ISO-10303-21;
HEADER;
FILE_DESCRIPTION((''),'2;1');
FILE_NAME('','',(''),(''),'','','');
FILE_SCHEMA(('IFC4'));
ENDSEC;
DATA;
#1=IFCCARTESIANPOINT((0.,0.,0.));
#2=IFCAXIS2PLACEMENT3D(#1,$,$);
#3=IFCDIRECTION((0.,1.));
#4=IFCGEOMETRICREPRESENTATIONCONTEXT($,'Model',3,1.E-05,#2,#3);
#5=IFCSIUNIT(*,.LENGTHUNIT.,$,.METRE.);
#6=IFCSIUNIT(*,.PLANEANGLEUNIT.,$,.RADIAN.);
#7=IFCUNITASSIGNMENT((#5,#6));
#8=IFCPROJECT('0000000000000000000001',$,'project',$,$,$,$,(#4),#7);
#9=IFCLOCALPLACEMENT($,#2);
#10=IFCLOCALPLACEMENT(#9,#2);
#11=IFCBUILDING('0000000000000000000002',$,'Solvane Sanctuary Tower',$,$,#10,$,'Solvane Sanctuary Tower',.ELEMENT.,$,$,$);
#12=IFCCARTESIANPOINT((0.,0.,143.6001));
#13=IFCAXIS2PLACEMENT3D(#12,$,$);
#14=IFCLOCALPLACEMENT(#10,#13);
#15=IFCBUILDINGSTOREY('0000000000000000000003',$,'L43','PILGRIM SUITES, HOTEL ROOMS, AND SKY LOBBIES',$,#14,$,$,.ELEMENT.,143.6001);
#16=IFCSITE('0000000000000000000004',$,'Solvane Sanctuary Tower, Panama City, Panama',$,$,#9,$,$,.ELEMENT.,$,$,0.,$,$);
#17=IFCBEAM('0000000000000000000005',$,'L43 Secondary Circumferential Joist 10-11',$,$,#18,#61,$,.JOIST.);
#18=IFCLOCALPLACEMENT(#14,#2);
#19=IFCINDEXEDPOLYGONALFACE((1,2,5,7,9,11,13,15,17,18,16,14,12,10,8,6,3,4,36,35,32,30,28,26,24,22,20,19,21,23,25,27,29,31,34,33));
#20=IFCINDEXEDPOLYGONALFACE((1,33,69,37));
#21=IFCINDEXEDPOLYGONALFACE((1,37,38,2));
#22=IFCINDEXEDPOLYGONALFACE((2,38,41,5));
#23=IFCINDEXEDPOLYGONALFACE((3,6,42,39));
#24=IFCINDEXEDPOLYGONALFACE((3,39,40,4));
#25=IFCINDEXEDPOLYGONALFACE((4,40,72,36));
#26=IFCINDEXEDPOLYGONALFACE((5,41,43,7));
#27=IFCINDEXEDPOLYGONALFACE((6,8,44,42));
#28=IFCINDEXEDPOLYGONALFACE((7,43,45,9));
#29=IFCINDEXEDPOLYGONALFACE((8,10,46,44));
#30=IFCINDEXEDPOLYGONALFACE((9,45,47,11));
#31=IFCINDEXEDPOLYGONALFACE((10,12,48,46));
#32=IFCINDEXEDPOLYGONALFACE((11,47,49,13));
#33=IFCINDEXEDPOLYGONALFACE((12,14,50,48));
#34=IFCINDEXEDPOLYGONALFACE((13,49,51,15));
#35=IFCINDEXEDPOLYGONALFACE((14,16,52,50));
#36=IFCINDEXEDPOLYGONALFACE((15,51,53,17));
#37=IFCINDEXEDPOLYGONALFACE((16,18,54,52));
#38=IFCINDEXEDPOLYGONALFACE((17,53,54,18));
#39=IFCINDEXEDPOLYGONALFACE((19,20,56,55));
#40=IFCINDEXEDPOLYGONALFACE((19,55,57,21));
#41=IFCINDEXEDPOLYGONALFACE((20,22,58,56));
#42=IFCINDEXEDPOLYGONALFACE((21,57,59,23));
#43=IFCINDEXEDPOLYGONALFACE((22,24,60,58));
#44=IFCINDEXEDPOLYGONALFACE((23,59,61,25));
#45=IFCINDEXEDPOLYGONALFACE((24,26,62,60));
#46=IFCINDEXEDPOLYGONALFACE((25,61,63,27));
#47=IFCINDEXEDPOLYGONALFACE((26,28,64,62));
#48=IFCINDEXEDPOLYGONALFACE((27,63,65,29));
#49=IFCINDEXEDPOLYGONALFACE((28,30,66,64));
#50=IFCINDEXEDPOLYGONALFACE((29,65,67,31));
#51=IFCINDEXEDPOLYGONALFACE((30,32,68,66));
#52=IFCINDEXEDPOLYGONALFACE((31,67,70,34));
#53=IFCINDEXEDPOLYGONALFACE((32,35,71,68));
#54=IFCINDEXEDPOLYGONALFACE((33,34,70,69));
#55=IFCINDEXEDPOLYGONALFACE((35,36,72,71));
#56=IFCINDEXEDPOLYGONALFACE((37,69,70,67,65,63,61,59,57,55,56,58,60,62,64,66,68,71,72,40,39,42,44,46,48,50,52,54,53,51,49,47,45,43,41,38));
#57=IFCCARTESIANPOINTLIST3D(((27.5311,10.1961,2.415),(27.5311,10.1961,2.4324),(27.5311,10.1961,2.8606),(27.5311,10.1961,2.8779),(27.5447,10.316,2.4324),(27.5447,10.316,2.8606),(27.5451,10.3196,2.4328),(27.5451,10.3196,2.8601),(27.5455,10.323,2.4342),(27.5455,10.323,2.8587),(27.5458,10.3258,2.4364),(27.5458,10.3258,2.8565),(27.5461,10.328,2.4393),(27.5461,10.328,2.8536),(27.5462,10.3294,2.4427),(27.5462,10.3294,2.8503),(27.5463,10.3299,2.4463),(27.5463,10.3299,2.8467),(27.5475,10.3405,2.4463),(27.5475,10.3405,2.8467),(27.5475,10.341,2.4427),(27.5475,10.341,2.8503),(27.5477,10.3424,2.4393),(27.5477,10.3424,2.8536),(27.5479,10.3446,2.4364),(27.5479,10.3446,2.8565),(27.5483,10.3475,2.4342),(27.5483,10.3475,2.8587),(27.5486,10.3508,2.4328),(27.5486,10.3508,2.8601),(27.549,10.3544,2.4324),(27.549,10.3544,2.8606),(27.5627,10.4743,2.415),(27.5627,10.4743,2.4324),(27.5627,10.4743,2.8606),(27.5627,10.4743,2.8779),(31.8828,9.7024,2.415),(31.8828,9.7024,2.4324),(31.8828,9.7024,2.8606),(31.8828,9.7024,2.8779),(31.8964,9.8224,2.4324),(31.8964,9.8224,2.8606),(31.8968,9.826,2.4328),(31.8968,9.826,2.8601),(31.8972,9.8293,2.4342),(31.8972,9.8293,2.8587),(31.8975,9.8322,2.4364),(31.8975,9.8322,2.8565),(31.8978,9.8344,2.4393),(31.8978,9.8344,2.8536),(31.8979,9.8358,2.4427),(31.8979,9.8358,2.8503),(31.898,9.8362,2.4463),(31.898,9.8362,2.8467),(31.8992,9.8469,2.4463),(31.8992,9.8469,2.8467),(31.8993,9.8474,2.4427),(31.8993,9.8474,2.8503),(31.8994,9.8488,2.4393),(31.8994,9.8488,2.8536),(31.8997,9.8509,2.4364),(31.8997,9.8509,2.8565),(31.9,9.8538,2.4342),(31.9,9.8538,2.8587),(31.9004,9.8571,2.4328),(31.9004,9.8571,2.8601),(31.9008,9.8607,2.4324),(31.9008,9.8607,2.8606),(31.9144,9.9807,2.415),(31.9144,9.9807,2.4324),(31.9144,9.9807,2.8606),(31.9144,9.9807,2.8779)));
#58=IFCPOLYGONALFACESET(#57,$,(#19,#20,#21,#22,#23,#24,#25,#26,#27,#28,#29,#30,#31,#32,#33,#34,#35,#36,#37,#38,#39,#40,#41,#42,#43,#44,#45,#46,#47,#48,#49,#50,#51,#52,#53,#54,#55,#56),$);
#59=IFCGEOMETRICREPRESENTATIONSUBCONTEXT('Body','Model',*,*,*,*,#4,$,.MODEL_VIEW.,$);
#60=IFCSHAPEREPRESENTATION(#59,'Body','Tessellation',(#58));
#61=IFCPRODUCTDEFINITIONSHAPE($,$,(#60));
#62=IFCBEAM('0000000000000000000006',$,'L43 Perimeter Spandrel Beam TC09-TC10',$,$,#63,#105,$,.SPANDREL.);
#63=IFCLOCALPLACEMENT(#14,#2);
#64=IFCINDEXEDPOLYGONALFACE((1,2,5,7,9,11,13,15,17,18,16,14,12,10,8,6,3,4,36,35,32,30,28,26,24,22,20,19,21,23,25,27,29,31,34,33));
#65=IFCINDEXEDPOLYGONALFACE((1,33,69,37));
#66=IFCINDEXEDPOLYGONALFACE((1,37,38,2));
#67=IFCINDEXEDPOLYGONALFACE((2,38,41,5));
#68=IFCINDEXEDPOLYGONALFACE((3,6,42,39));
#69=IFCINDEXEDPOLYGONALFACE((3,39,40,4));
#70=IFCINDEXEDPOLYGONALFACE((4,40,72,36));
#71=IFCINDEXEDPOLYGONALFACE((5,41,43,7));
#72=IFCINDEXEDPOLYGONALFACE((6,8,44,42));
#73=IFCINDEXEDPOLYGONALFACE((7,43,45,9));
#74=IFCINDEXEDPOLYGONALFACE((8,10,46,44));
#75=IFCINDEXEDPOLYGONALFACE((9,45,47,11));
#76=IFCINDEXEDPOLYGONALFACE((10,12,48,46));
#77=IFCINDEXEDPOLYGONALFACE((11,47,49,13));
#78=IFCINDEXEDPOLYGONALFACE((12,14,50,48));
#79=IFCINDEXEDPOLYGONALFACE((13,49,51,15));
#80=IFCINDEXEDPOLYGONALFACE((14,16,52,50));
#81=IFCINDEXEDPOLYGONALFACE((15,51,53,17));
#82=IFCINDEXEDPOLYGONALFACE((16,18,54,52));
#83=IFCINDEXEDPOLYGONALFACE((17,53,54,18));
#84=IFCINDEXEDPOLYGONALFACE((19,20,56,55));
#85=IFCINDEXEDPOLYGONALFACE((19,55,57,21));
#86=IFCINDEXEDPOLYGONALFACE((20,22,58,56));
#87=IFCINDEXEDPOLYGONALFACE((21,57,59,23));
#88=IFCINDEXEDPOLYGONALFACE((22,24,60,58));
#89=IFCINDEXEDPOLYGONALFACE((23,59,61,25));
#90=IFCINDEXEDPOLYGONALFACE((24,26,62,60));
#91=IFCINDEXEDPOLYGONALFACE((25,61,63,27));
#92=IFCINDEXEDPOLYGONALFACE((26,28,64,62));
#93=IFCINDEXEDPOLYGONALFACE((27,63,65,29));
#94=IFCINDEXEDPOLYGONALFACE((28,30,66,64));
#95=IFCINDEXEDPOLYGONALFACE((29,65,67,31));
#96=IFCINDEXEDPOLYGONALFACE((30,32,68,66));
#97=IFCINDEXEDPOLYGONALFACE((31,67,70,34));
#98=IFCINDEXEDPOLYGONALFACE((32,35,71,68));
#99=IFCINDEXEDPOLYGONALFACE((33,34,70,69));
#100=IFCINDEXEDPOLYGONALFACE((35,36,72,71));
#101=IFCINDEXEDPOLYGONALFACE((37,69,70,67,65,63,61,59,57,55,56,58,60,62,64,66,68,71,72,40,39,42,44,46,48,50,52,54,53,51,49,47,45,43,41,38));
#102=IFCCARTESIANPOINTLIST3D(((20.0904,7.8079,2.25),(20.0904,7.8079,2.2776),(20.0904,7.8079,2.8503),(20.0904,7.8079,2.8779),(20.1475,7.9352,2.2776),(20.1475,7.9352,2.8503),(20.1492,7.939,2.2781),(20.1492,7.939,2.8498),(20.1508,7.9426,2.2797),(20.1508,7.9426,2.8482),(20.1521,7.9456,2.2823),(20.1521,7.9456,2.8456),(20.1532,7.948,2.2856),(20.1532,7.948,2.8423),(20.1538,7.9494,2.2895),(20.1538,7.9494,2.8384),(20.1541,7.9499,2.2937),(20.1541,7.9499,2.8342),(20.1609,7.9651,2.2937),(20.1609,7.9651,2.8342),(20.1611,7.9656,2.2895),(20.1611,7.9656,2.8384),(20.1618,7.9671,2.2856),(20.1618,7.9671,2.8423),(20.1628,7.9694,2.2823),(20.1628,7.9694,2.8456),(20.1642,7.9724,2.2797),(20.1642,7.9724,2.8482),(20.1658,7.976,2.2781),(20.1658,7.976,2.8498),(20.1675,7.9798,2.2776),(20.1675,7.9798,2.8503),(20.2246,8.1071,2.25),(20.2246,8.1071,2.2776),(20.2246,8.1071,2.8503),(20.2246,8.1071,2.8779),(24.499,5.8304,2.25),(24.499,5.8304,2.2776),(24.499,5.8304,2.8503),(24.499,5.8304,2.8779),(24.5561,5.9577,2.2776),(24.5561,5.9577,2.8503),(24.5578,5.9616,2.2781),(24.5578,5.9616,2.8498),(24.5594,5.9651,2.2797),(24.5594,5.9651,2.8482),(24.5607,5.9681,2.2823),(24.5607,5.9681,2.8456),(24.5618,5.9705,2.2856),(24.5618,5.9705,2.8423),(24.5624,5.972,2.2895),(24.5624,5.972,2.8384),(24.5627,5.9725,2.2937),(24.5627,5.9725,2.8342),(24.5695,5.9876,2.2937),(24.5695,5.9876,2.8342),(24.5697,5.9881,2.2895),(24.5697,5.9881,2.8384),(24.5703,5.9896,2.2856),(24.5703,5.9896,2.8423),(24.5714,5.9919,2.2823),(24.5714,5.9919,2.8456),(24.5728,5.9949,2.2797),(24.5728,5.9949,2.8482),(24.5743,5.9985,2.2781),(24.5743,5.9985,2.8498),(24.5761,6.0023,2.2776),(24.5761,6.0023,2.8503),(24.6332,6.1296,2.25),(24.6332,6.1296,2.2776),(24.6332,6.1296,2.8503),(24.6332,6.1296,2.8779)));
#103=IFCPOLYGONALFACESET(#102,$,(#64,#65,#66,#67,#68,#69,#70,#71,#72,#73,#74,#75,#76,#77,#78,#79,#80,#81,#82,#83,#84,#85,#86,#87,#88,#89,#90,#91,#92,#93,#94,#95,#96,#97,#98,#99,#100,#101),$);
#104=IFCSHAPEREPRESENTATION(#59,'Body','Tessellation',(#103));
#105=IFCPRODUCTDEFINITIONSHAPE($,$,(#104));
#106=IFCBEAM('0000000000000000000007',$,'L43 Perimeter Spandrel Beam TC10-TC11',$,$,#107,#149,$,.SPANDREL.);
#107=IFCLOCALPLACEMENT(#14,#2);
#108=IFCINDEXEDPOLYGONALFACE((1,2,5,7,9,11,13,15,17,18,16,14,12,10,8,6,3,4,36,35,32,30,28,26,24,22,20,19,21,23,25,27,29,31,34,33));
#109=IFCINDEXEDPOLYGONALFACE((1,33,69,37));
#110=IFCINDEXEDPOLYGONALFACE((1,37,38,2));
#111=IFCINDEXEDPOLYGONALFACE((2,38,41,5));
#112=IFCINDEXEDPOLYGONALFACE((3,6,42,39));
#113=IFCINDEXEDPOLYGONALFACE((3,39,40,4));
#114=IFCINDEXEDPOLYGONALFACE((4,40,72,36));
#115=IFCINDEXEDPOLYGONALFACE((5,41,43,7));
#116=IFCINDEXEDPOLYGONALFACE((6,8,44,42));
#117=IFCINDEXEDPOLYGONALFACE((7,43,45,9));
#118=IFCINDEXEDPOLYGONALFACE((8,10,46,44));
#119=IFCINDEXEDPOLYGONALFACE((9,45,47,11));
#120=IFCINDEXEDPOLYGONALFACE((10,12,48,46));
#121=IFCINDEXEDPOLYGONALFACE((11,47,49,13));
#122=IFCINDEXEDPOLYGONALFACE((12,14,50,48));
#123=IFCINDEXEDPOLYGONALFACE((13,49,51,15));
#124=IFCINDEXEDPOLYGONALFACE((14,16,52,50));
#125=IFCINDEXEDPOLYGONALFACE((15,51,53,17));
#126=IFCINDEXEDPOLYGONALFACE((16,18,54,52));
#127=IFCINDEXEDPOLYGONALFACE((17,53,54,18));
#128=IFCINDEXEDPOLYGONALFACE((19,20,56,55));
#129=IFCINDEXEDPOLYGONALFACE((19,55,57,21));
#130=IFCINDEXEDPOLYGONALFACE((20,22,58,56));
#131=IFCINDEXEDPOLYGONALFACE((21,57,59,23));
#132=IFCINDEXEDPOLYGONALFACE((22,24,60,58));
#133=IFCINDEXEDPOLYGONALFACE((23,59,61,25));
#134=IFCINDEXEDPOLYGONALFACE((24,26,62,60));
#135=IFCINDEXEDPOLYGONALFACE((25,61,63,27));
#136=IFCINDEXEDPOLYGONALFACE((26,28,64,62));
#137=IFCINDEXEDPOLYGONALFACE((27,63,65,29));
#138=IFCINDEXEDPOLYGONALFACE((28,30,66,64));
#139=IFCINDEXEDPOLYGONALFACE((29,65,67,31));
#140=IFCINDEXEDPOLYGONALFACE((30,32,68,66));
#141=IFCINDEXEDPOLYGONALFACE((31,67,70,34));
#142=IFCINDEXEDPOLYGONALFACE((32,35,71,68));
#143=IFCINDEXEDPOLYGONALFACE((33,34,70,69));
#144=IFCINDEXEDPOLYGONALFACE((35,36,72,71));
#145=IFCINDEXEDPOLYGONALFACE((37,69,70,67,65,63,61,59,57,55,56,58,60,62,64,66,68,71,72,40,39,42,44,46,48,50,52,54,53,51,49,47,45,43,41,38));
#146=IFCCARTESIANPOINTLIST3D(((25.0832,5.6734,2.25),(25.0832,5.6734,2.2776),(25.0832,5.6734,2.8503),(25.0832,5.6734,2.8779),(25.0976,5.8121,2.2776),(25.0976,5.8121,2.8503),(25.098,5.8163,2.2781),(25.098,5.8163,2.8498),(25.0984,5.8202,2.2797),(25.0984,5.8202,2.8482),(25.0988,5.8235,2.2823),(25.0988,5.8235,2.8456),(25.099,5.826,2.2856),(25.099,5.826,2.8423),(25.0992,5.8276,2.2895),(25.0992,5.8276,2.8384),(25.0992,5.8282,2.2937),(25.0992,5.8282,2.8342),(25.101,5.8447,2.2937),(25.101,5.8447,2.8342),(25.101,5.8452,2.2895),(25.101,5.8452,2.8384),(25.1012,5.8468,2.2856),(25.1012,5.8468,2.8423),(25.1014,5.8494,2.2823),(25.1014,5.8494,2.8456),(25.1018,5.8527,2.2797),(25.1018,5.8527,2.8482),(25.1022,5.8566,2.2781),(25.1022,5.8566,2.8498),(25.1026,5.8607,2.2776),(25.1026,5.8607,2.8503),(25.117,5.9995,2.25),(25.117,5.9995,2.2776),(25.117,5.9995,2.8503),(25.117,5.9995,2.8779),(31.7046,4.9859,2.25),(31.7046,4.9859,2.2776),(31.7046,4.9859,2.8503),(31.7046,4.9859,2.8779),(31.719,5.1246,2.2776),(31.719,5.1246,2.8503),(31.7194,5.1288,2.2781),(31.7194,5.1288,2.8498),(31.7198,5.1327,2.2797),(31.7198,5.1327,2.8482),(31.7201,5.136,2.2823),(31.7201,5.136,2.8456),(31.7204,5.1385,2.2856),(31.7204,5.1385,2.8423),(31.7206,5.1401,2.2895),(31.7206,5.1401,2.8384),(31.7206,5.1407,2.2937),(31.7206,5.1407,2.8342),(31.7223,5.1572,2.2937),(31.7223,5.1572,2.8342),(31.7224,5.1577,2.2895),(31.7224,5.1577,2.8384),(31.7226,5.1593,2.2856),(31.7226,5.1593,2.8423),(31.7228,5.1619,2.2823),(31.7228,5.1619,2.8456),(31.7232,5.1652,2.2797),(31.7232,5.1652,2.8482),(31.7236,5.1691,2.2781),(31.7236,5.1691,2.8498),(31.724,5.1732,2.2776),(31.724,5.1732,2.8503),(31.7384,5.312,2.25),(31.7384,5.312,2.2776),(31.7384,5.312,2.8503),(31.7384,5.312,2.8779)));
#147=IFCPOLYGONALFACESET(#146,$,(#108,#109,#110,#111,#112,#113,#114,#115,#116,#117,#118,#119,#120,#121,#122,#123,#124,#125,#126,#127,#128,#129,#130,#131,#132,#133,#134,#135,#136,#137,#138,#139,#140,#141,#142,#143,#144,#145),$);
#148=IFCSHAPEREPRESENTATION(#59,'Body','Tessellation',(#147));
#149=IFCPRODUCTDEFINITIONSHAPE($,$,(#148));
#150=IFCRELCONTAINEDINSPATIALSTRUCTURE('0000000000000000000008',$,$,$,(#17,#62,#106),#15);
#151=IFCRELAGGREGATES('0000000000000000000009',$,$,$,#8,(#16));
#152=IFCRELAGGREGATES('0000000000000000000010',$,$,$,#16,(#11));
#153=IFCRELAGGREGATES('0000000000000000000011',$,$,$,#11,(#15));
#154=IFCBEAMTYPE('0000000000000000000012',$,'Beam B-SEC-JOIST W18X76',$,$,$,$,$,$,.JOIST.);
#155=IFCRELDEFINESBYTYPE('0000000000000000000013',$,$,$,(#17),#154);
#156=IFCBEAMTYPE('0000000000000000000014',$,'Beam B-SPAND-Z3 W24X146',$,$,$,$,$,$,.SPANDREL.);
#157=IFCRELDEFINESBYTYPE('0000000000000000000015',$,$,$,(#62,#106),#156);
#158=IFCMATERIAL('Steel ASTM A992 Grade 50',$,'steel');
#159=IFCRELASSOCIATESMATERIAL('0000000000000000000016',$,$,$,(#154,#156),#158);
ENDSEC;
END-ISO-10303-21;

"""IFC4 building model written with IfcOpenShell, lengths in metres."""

from ifc_helpers import new_model, si_unit, direction, frame, origin, origin_2d, place, context, subcontext, project, spatial, i_section, extrude, material, material_profile, profile_set, type_object, element, save


model = new_model("IFC4")

# Units and contexts
model_context = context("Model", 3, precision=1e-05, world=origin(), true_north=direction((0.0, 1.0)))
body_context = subcontext(model_context, "Body", "Model", "MODEL_VIEW")
ifc_project = project(units=[si_unit("LENGTHUNIT", "METRE"), si_unit("PLANEANGLEUNIT", "RADIAN")], contexts=[model_context])

# Site, building, storey
site_placement = place(None, origin())
site = spatial("IfcSite", under=ifc_project, at=site_placement, Name="Solvane Sanctuary Tower, Panama City, Panama", CompositionType="ELEMENT", RefElevation=0.0)
building_placement = place(site_placement, origin())
building = spatial("IfcBuilding", under=site, at=building_placement, Name="Solvane Sanctuary Tower", LongName="Solvane Sanctuary Tower", CompositionType="ELEMENT")
storey_placement = place(building_placement, frame((0.0, 0.0, 143.6001)))
storey = spatial("IfcBuildingStorey", under=building, at=storey_placement, Name="L43", Description="PILGRIM SUITES, HOTEL ROOMS, AND SKY LOBBIES", CompositionType="ELEMENT", Elevation=143.6001)

# Beams
ifc_material_1 = material(Name="Steel ASTM A992 Grade 50", Category="steel")
ifc_material_profile_1 = material_profile(ifc_material_1, i_section(OverallWidth=0.28, OverallDepth=0.4629, WebThickness=0.0107, FlangeThickness=0.0173, FilletRadius=0.0139, at=origin_2d()), Name="W18X76")
ifc_profile_set_1 = profile_set([ifc_material_profile_1], Name="Steel ASTM A992 Grade 50")
beam_type_1 = type_object("IfcBeamType", Name="Beam B-SEC-JOIST W18X76", PredefinedType="JOIST", material=ifc_profile_set_1)
beam_1_placement = place(storey_placement, frame((27.5469, 10.3352, 2.6465), z_axis=(0.993628, -0.112713, 0.0), x_axis=(0.112713, 0.993628, 0.0)))
element("IfcBeam", 1, at=beam_1_placement, inside=storey, type_object=beam_type_1, Name="L43 Secondary Circumferential Joist 10-11", PredefinedType="JOIST", context=body_context, shape_type="SweptSolid", body=[
    extrude(i_section(OverallWidth=0.28, OverallDepth=0.4629, WebThickness=0.0107, FlangeThickness=0.0173, FilletRadius=0.0139, at=origin_2d()), origin(), (0.0, 0.0, 1.0), 4.3796),
])
ifc_material_profile_2 = material_profile(ifc_material_1, i_section(OverallWidth=0.3279, OverallDepth=0.6279, WebThickness=0.0166, FlangeThickness=0.0276, FilletRadius=0.0161, at=origin_2d()), Name="W24X146")
ifc_profile_set_2 = profile_set([ifc_material_profile_2], Name="Steel ASTM A992 Grade 50")
beam_type_2 = type_object("IfcBeamType", Name="Beam B-SPAND-Z3 W24X146", PredefinedType="SPANDREL", material=ifc_profile_set_2)
beam_2_placement = place(storey_placement, frame((20.1575, 7.9575, 2.564), z_axis=(0.912414, -0.409268, 0.0), x_axis=(0.409268, 0.912414, 0.0)))
element("IfcBeam", 2, at=beam_2_placement, inside=storey, type_object=beam_type_2, Name="L43 Perimeter Spandrel Beam TC09-TC10", PredefinedType="SPANDREL", context=body_context, shape_type="SweptSolid", body=[
    extrude(i_section(OverallWidth=0.3279, OverallDepth=0.6279, WebThickness=0.0166, FlangeThickness=0.0276, FilletRadius=0.0161, at=origin_2d()), origin(), (0.0, 0.0, 1.0), 4.8318),
])
beam_3_placement = place(storey_placement, frame((25.1001, 5.8364, 2.564), z_axis=(0.994653, -0.103276, 0.0), x_axis=(0.103276, 0.994653, 0.0)))
element("IfcBeam", 3, at=beam_3_placement, inside=storey, type_object=beam_type_2, Name="L43 Perimeter Spandrel Beam TC10-TC11", PredefinedType="SPANDREL", context=body_context, shape_type="SweptSolid", body=[
    extrude(i_section(OverallWidth=0.3279, OverallDepth=0.6279, WebThickness=0.0166, FlangeThickness=0.0276, FilletRadius=0.0161, at=origin_2d()), origin(), (0.0, 0.0, 1.0), 6.657),
])

save(model, "model.ifc")
